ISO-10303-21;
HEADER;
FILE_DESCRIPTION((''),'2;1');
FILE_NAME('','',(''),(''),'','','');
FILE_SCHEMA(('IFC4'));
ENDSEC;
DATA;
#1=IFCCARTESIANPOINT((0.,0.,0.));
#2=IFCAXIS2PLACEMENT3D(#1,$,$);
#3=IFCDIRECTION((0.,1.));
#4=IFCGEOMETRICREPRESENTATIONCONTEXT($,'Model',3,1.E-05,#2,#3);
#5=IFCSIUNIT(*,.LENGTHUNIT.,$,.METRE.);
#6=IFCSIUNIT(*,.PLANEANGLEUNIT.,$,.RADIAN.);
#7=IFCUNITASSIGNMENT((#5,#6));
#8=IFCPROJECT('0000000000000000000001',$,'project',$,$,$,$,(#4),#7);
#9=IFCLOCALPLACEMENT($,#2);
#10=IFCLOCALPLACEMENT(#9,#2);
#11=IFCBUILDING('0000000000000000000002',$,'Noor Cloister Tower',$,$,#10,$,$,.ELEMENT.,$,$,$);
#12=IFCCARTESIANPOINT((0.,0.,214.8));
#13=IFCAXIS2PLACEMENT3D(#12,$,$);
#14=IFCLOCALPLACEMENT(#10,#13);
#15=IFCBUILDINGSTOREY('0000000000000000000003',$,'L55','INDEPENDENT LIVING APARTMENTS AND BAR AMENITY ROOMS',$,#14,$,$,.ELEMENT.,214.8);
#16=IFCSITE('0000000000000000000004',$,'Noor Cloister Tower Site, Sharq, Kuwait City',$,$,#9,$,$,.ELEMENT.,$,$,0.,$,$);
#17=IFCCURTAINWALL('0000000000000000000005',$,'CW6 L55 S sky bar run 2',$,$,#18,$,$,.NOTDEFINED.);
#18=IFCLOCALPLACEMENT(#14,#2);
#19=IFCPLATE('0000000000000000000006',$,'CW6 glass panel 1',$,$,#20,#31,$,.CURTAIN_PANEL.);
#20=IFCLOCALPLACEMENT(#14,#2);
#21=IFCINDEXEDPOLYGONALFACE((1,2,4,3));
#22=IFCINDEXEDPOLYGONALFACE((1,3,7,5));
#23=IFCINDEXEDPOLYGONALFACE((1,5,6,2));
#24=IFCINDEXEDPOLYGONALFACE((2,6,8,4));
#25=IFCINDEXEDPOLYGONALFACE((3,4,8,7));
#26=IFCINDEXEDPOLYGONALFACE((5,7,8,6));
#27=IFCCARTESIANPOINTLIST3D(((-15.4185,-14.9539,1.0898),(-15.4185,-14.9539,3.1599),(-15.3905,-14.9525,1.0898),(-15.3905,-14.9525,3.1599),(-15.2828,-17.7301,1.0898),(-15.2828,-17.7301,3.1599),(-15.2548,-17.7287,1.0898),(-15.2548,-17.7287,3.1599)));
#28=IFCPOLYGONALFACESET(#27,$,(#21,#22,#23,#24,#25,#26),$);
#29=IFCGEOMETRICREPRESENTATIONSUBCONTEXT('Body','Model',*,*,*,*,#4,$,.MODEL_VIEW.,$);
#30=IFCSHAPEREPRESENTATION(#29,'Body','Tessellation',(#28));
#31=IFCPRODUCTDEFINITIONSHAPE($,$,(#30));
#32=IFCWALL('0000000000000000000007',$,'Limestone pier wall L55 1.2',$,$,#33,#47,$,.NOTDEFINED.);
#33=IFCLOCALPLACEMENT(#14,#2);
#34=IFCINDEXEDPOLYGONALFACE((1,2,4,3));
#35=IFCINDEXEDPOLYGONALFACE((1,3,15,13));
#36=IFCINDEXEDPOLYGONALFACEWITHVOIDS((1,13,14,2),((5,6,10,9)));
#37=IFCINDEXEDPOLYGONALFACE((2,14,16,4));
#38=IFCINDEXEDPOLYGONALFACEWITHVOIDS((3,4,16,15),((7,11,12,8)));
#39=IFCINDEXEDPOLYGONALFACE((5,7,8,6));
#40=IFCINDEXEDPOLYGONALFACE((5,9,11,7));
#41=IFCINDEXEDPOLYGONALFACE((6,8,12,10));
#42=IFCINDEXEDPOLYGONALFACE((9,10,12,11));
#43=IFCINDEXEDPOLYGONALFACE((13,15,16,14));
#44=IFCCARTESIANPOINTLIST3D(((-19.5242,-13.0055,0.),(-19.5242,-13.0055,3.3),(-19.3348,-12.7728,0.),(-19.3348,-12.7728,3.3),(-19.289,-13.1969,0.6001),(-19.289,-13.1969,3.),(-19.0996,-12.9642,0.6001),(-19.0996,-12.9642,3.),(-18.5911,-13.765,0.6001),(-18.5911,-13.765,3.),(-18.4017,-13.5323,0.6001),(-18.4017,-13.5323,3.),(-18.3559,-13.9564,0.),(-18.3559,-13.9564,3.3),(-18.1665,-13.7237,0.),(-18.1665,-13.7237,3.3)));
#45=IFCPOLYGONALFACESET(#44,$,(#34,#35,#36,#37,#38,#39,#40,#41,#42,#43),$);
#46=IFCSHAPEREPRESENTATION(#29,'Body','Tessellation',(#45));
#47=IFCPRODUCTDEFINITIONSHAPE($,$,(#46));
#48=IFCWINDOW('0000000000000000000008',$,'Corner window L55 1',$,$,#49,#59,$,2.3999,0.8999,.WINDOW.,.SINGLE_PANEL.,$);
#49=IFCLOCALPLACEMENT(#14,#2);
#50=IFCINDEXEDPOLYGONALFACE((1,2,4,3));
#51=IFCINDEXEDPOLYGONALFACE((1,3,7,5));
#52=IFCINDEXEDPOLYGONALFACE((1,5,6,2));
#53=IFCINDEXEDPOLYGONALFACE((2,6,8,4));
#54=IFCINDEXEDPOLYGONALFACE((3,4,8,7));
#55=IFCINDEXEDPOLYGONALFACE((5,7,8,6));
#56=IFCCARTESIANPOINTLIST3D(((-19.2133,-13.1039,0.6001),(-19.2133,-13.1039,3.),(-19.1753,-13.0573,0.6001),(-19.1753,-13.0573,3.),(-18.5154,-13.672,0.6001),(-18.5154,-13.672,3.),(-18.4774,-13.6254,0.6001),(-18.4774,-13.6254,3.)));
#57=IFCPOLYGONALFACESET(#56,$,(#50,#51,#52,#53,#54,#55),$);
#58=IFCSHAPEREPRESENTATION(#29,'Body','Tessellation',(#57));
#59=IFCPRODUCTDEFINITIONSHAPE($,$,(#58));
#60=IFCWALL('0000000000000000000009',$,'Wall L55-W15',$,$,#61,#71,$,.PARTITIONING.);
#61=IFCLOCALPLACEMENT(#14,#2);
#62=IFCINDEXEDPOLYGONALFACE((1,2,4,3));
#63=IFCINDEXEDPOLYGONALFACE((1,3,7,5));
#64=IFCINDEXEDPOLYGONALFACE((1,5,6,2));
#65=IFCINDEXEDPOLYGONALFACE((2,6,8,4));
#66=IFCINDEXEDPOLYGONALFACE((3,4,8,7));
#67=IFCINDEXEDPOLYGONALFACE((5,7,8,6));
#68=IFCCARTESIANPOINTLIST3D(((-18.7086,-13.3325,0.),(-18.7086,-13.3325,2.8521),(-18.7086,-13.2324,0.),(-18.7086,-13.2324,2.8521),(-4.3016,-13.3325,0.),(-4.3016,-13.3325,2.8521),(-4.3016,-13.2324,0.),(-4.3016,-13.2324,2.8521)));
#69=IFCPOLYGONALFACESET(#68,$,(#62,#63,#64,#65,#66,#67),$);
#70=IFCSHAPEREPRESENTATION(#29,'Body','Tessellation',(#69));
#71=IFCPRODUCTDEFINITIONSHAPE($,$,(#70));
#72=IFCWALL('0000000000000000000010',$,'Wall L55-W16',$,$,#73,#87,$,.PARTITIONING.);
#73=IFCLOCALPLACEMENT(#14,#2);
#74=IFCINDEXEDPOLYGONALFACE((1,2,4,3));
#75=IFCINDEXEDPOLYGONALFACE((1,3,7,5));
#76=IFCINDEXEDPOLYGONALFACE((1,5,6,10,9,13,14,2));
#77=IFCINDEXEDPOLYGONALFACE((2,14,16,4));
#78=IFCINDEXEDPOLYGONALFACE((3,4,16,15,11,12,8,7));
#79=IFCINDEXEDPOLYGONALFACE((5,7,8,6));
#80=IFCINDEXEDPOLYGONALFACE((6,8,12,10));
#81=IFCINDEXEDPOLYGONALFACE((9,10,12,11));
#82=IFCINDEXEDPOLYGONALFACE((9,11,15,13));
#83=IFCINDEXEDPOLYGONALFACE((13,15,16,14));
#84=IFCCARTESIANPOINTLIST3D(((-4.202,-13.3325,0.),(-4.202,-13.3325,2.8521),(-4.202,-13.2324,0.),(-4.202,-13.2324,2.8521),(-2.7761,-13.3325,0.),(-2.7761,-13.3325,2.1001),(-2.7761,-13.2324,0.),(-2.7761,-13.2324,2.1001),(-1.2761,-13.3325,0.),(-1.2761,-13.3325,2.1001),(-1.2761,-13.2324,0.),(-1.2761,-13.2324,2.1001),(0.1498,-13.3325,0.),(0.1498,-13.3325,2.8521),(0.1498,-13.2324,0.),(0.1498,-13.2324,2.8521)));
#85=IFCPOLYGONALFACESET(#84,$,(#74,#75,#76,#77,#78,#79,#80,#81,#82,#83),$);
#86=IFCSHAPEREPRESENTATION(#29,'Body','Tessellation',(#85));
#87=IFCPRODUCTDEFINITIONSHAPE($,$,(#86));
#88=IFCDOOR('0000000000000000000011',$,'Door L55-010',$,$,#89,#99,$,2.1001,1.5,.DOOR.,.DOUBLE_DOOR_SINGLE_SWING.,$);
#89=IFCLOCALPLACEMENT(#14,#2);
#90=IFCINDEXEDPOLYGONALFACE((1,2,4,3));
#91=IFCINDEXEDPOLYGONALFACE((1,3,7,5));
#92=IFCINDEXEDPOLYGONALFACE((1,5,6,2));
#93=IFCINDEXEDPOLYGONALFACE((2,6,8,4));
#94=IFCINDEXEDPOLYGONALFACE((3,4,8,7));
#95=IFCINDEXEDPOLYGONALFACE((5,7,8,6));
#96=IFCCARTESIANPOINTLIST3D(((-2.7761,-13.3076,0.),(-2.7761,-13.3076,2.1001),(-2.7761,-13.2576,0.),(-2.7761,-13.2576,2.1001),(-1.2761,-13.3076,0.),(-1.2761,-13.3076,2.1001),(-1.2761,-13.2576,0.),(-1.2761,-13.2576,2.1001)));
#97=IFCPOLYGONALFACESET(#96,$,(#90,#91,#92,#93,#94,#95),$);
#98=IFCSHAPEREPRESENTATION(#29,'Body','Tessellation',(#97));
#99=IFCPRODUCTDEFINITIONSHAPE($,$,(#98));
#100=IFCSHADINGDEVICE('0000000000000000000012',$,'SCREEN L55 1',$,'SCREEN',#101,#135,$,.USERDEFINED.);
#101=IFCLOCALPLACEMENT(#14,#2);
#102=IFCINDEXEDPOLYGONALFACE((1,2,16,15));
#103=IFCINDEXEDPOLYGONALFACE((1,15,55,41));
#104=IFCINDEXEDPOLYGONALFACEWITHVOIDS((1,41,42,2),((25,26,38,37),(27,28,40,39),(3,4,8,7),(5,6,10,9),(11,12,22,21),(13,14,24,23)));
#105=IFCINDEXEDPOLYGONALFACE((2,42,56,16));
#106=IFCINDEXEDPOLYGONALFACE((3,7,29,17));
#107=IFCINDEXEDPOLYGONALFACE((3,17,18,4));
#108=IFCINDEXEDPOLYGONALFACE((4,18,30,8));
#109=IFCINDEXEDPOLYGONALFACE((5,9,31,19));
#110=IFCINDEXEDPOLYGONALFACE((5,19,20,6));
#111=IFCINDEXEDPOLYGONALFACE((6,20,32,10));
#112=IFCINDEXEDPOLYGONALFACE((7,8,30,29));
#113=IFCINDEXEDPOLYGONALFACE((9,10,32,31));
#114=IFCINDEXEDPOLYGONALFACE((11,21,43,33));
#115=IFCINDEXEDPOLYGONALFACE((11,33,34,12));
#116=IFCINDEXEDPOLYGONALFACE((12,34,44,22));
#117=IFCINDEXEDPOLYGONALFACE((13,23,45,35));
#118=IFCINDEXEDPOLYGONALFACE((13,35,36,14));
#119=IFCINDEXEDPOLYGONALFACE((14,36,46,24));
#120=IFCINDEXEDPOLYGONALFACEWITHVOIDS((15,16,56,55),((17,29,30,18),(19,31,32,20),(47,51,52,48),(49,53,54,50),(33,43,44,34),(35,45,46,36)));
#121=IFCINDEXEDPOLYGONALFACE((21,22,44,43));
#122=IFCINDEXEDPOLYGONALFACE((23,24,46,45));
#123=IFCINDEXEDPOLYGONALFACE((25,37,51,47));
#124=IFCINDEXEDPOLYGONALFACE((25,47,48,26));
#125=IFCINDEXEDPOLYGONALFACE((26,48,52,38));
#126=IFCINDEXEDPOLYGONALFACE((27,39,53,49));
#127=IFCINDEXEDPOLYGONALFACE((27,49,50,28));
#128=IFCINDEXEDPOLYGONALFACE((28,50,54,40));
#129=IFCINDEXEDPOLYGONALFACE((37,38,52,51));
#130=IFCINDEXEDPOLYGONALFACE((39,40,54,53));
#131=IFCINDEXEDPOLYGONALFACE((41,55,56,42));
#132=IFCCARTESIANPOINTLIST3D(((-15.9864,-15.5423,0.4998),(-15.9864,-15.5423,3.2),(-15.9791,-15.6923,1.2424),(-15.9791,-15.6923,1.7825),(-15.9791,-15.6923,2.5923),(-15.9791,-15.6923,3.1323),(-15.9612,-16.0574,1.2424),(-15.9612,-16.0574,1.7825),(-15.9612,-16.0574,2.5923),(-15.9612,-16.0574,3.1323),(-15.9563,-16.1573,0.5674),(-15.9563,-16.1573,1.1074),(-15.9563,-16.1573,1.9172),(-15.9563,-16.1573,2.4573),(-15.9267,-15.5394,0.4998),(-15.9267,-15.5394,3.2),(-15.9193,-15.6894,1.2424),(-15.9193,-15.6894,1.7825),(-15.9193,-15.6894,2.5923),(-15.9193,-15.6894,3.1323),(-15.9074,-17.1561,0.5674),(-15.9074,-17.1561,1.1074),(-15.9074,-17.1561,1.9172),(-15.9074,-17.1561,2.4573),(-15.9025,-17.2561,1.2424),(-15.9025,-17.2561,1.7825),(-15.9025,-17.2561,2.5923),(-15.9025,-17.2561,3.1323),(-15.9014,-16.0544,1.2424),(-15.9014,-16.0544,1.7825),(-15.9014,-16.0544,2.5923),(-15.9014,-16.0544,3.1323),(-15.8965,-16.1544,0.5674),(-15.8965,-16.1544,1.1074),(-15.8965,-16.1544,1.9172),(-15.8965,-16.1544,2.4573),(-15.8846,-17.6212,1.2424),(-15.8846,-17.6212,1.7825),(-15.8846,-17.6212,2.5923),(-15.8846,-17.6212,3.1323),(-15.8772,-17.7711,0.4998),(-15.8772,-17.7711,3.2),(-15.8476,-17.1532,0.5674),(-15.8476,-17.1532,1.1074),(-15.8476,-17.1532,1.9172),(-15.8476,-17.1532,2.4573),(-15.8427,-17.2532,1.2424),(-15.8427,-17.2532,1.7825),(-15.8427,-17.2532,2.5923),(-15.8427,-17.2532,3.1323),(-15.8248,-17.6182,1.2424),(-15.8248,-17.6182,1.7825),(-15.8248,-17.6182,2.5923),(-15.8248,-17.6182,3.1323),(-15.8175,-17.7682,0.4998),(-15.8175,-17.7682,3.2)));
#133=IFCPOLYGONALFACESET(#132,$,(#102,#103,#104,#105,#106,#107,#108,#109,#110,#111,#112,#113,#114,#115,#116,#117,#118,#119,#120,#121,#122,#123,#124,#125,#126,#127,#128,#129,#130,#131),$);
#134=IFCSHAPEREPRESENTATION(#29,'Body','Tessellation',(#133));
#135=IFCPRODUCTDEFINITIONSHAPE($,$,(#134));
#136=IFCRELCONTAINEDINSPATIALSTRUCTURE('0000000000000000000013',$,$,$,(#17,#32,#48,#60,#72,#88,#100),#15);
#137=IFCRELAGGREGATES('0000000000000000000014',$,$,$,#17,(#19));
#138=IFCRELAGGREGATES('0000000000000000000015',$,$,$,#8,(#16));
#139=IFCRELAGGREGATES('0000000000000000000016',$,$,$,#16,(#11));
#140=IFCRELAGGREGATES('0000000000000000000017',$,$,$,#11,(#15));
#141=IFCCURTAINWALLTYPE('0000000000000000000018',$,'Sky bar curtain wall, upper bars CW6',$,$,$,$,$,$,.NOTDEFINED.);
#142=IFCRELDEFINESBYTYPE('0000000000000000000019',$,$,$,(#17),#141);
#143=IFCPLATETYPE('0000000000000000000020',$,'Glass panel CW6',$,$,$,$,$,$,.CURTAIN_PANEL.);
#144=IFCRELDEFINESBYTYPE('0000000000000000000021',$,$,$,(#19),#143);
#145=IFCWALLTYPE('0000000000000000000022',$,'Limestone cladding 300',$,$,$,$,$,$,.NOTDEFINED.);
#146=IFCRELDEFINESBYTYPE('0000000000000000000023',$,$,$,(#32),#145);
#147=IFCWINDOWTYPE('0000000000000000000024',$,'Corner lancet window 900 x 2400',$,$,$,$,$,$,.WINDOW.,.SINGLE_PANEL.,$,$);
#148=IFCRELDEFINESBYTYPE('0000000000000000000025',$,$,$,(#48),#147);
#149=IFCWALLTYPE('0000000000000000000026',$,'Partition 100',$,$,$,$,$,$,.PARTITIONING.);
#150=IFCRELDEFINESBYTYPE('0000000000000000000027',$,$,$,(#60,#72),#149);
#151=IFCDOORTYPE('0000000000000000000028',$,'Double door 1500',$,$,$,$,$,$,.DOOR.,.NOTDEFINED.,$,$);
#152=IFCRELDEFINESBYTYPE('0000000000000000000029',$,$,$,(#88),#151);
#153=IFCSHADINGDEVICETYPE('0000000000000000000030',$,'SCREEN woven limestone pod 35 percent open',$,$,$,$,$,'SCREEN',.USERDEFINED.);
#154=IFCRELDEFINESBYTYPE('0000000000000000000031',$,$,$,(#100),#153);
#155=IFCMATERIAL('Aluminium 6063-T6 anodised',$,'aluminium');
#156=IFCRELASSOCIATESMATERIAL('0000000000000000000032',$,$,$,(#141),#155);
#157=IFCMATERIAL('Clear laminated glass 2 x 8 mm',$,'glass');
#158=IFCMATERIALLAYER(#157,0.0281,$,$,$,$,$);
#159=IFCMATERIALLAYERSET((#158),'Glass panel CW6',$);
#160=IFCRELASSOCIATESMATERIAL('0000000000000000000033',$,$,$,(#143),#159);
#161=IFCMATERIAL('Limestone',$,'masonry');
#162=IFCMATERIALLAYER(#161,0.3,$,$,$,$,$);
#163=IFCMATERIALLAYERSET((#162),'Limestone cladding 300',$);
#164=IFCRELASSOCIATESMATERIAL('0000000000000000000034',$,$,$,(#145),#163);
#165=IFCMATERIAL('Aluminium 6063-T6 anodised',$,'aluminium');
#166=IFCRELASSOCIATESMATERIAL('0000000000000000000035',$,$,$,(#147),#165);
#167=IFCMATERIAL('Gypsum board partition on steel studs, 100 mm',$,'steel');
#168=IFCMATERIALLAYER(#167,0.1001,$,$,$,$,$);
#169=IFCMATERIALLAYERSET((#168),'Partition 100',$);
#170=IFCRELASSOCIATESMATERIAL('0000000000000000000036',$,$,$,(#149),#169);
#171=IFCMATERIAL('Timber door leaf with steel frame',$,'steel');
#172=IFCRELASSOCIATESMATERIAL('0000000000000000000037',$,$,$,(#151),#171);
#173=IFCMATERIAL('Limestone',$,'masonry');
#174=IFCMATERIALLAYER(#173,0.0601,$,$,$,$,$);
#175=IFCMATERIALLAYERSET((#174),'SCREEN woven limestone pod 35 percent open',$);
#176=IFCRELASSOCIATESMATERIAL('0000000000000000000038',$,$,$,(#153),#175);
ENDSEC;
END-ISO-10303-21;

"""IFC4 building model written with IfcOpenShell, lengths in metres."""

from ifc_helpers import new_model, si_unit, direction, frame, frame_2d, origin, origin_2d, place, context, subcontext, project, spatial, polyline, rectangle, outline, extrude, material, layer, layer_set, type_object, element, fill, aggregate, save


model = new_model("IFC4")

# Units and contexts
model_context = context("Model", 3, precision=1e-05, world=origin(), true_north=direction((0.0, 1.0)))
body_context = subcontext(model_context, "Body", "Model", "MODEL_VIEW")
ifc_project = project(units=[si_unit("LENGTHUNIT", "METRE"), si_unit("PLANEANGLEUNIT", "RADIAN")], contexts=[model_context])

# Site, building, storey
site_placement = place(None, origin())
site = spatial("IfcSite", under=ifc_project, at=site_placement, Name="Noor Cloister Tower Site, Sharq, Kuwait City", CompositionType="ELEMENT", RefElevation=0.0)
building_placement = place(site_placement, origin())
building = spatial("IfcBuilding", under=site, at=building_placement, Name="Noor Cloister Tower", CompositionType="ELEMENT")
storey_placement = place(building_placement, frame((0.0, 0.0, 214.8)))
storey = spatial("IfcBuildingStorey", under=building, at=storey_placement, Name="L55", Description="INDEPENDENT LIVING APARTMENTS AND BAR AMENITY ROOMS", CompositionType="ELEMENT", Elevation=214.8)

# Curtain wall, plate
ifc_material_1 = material(Name="Aluminium 6063-T6 anodised", Category="aluminium")
curtain_wall_type = type_object("IfcCurtainWallType", Name="Sky bar curtain wall, upper bars CW6", PredefinedType="NOTDEFINED", material=ifc_material_1)
curtain_wall_placement = place(storey_placement, origin())
curtain_wall = element("IfcCurtainWall", 1, at=curtain_wall_placement, inside=storey, type_object=curtain_wall_type, Name="CW6 L55 S sky bar run 2", PredefinedType="NOTDEFINED")
ifc_material_2 = material(Name="Clear laminated glass 2 x 8 mm", Category="glass")
ifc_layer_1 = layer(ifc_material_2, 0.0281)
ifc_layer_set_1 = layer_set([ifc_layer_1], Name="Glass panel CW6")
plate_type = type_object("IfcPlateType", Name="Glass panel CW6", PredefinedType="CURTAIN_PANEL", material=ifc_layer_set_1)
plate_placement = place(storey_placement, frame((-15.3367, -16.3413, 1.0898), z_axis=(0.0, 0.0, 1.0), x_axis=(0.048823, -0.998807, 0.0)))
plate = element("IfcPlate", 2, at=plate_placement, type_object=plate_type, Name="CW6 glass panel 1", PredefinedType="CURTAIN_PANEL", context=body_context, shape_type="SweptSolid", body=[
    extrude(rectangle(XDim=2.7795, YDim=0.0281, at=origin_2d()), origin(), (0.0, 0.0, 1.0), 2.0701),
])
aggregate(curtain_wall, [plate])

# Wall, opening, window
ifc_material_3 = material(Name="Limestone", Category="masonry")
ifc_layer_2 = layer(ifc_material_3, 0.3)
ifc_layer_set_2 = layer_set([ifc_layer_2], Name="Limestone cladding 300")
wall_type_1 = type_object("IfcWallType", Name="Limestone cladding 300", PredefinedType="NOTDEFINED", material=ifc_layer_set_2)
wall_1_placement = place(storey_placement, frame((-18.2612, -13.8401, 0.0), z_axis=(0.0, 0.0, 1.0), x_axis=(-0.775544, 0.631294, 0.0)))
wall_1 = element("IfcWall", 3, at=wall_1_placement, inside=storey, type_object=wall_type_1, Name="Limestone pier wall L55 1.2", PredefinedType="NOTDEFINED", context=body_context, shape_type="SweptSolid", body=[
    extrude(rectangle(XDim=1.5063, YDim=0.3, at=frame_2d((0.7532, 0.0))), origin(), (0.0, 0.0, 1.0), 3.3),
])
opening_1_placement = place(wall_1_placement, frame((0.3032, 0.0, 0.6001)))
opening_1 = element("IfcOpeningElement", 4, at=opening_1_placement, cuts=wall_1, PredefinedType="OPENING", context=body_context, shape_type="SweptSolid", body=[
    extrude(rectangle(XDim=0.8999, YDim=2.3999, at=frame_2d((0.45, 1.2))), frame((0.0, 0.1602, 0.0), z_axis=(0.0, -1.0, 0.0), x_axis=(1.0, 0.0, 0.0)), (0.0, 0.0, 1.0), 0.3201),
])
ifc_material_4 = material(Name="Aluminium 6063-T6 anodised", Category="aluminium")
window_type = type_object("IfcWindowType", Name="Corner lancet window 900 x 2400", PartitioningType="SINGLE_PANEL", PredefinedType="WINDOW", material=ifc_material_4)
window_placement = place(opening_1_placement, origin())
window = element("IfcWindow", 5, at=window_placement, inside=storey, type_object=window_type, Name="Corner window L55 1", OverallHeight=2.3999, OverallWidth=0.8999, PartitioningType="SINGLE_PANEL", PredefinedType="WINDOW", context=body_context, shape_type="SweptSolid", body=[
    extrude(rectangle(XDim=0.8999, YDim=2.3999, at=frame_2d((0.45, 1.2))), frame((0.0, 0.03, 0.0), z_axis=(0.0, -1.0, 0.0), x_axis=(1.0, 0.0, 0.0)), (0.0, 0.0, 1.0), 0.0601),
])
fill(opening_1, window)

# Wall
ifc_material_5 = material(Name="Gypsum board partition on steel studs, 100 mm", Category="steel")
ifc_layer_3 = layer(ifc_material_5, 0.1001)
ifc_layer_set_3 = layer_set([ifc_layer_3], Name="Partition 100")
wall_type_2 = type_object("IfcWallType", Name="Partition 100", PredefinedType="PARTITIONING", material=ifc_layer_set_3)
wall_2_placement = place(storey_placement, frame((-18.7087, -13.2825, 0.0), z_axis=(0.0, 0.0, 1.0), x_axis=(1.0, 0.0, 0.0)))
element("IfcWall", 6, at=wall_2_placement, inside=storey, type_object=wall_type_2, Name="Wall L55-W15", PredefinedType="PARTITIONING", context=body_context, shape_type="SweptSolid", body=[
    extrude(rectangle(XDim=14.407, YDim=0.1001, at=frame_2d((7.2036, 0.0))), origin(), (0.0, 0.0, 1.0), 2.8521),
])

# Wall, opening, door
wall_3_placement = place(storey_placement, frame((-4.2019, -13.2825, 0.0), z_axis=(0.0, 0.0, 1.0), x_axis=(1.0, 0.0, 0.0)))
wall_3 = element("IfcWall", 7, at=wall_3_placement, inside=storey, type_object=wall_type_2, Name="Wall L55-W16", PredefinedType="PARTITIONING", context=body_context, shape_type="SweptSolid", body=[
    extrude(rectangle(XDim=4.3518, YDim=0.1001, at=frame_2d((2.1758, 0.0))), origin(), (0.0, 0.0, 1.0), 2.8521),
])
opening_2_placement = place(wall_3_placement, frame((1.4258, 0.0, 0.0)))
opening_2 = element("IfcOpeningElement", 8, at=opening_2_placement, cuts=wall_3, PredefinedType="OPENING", context=body_context, shape_type="SweptSolid", body=[
    extrude(rectangle(XDim=1.5, YDim=2.1001, at=frame_2d((0.75, 1.05))), frame((0.0, 0.0601, 0.0), z_axis=(0.0, -1.0, 0.0), x_axis=(1.0, 0.0, 0.0)), (0.0, 0.0, 1.0), 0.1201),
])
ifc_material_6 = material(Name="Timber door leaf with steel frame", Category="steel")
door_type = type_object("IfcDoorType", Name="Double door 1500", OperationType="NOTDEFINED", PredefinedType="DOOR", material=ifc_material_6)
door_placement = place(opening_2_placement, origin())
door = element("IfcDoor", 9, at=door_placement, inside=storey, type_object=door_type, Name="Door L55-010", OperationType="DOUBLE_DOOR_SINGLE_SWING", OverallHeight=2.1001, OverallWidth=1.5, PredefinedType="DOOR", context=body_context, shape_type="SweptSolid", body=[
    extrude(rectangle(XDim=1.5, YDim=2.1001, at=frame_2d((0.75, 1.05))), frame((0.0, 0.0249, 0.0), z_axis=(0.0, -1.0, 0.0), x_axis=(1.0, 0.0, 0.0)), (0.0, 0.0, 1.0), 0.05),
])
fill(opening_2, door)

# Shading device
ifc_material_7 = material(Name="Limestone", Category="masonry")
ifc_layer_4 = layer(ifc_material_7, 0.0601)
ifc_layer_set_4 = layer_set([ifc_layer_4], Name="SCREEN woven limestone pod 35 percent open")
shading_device_type = type_object("IfcShadingDeviceType", Name="SCREEN woven limestone pod 35 percent open", ElementType="SCREEN", PredefinedType="USERDEFINED", material=ifc_layer_set_4)
shading_device_placement = place(storey_placement, frame((-15.8721, -16.6538, 1.8499), z_axis=(-0.998803, -0.048921, 0.0), x_axis=(0.048921, -0.998803, 0.0)))
element("IfcShadingDevice", 10, at=shading_device_placement, inside=storey, type_object=shading_device_type, Name="SCREEN L55 1", ObjectType="SCREEN", PredefinedType="USERDEFINED", context=body_context, shape_type="SweptSolid", body=[
    extrude(outline(polyline([(-1.1157, -1.3501), (1.1157, -1.3501), (1.1157, 1.3501), (-1.1157, 1.3501), (-1.1157, -1.3501)]), holes=[polyline([(-0.5, -1.2825), (0.5, -1.2825), (0.5, -0.7424), (-0.5, -0.7424), (-0.5, -1.2825)]), polyline([(0.6001, -0.6074), (0.9656, -0.6074), (0.9656, -0.0674), (0.6001, -0.0674), (0.6001, -0.6074)]), polyline([(-0.9656, -0.6074), (-0.6001, -0.6074), (-0.6001, -0.0674), (-0.9656, -0.0674), (-0.9656, -0.6074)]), polyline([(-0.5, 0.0674), (0.5, 0.0674), (0.5, 0.6074), (-0.5, 0.6074), (-0.5, 0.0674)]), polyline([(0.6001, 0.7424), (0.9656, 0.7424), (0.9656, 1.2825), (0.6001, 1.2825), (0.6001, 0.7424)]), polyline([(-0.9656, 0.7424), (-0.6001, 0.7424), (-0.6001, 1.2825), (-0.9656, 1.2825), (-0.9656, 0.7424)])]), origin(), (0.0, 0.0, 1.0), 0.0598),
])

save(model, "model.ifc")
